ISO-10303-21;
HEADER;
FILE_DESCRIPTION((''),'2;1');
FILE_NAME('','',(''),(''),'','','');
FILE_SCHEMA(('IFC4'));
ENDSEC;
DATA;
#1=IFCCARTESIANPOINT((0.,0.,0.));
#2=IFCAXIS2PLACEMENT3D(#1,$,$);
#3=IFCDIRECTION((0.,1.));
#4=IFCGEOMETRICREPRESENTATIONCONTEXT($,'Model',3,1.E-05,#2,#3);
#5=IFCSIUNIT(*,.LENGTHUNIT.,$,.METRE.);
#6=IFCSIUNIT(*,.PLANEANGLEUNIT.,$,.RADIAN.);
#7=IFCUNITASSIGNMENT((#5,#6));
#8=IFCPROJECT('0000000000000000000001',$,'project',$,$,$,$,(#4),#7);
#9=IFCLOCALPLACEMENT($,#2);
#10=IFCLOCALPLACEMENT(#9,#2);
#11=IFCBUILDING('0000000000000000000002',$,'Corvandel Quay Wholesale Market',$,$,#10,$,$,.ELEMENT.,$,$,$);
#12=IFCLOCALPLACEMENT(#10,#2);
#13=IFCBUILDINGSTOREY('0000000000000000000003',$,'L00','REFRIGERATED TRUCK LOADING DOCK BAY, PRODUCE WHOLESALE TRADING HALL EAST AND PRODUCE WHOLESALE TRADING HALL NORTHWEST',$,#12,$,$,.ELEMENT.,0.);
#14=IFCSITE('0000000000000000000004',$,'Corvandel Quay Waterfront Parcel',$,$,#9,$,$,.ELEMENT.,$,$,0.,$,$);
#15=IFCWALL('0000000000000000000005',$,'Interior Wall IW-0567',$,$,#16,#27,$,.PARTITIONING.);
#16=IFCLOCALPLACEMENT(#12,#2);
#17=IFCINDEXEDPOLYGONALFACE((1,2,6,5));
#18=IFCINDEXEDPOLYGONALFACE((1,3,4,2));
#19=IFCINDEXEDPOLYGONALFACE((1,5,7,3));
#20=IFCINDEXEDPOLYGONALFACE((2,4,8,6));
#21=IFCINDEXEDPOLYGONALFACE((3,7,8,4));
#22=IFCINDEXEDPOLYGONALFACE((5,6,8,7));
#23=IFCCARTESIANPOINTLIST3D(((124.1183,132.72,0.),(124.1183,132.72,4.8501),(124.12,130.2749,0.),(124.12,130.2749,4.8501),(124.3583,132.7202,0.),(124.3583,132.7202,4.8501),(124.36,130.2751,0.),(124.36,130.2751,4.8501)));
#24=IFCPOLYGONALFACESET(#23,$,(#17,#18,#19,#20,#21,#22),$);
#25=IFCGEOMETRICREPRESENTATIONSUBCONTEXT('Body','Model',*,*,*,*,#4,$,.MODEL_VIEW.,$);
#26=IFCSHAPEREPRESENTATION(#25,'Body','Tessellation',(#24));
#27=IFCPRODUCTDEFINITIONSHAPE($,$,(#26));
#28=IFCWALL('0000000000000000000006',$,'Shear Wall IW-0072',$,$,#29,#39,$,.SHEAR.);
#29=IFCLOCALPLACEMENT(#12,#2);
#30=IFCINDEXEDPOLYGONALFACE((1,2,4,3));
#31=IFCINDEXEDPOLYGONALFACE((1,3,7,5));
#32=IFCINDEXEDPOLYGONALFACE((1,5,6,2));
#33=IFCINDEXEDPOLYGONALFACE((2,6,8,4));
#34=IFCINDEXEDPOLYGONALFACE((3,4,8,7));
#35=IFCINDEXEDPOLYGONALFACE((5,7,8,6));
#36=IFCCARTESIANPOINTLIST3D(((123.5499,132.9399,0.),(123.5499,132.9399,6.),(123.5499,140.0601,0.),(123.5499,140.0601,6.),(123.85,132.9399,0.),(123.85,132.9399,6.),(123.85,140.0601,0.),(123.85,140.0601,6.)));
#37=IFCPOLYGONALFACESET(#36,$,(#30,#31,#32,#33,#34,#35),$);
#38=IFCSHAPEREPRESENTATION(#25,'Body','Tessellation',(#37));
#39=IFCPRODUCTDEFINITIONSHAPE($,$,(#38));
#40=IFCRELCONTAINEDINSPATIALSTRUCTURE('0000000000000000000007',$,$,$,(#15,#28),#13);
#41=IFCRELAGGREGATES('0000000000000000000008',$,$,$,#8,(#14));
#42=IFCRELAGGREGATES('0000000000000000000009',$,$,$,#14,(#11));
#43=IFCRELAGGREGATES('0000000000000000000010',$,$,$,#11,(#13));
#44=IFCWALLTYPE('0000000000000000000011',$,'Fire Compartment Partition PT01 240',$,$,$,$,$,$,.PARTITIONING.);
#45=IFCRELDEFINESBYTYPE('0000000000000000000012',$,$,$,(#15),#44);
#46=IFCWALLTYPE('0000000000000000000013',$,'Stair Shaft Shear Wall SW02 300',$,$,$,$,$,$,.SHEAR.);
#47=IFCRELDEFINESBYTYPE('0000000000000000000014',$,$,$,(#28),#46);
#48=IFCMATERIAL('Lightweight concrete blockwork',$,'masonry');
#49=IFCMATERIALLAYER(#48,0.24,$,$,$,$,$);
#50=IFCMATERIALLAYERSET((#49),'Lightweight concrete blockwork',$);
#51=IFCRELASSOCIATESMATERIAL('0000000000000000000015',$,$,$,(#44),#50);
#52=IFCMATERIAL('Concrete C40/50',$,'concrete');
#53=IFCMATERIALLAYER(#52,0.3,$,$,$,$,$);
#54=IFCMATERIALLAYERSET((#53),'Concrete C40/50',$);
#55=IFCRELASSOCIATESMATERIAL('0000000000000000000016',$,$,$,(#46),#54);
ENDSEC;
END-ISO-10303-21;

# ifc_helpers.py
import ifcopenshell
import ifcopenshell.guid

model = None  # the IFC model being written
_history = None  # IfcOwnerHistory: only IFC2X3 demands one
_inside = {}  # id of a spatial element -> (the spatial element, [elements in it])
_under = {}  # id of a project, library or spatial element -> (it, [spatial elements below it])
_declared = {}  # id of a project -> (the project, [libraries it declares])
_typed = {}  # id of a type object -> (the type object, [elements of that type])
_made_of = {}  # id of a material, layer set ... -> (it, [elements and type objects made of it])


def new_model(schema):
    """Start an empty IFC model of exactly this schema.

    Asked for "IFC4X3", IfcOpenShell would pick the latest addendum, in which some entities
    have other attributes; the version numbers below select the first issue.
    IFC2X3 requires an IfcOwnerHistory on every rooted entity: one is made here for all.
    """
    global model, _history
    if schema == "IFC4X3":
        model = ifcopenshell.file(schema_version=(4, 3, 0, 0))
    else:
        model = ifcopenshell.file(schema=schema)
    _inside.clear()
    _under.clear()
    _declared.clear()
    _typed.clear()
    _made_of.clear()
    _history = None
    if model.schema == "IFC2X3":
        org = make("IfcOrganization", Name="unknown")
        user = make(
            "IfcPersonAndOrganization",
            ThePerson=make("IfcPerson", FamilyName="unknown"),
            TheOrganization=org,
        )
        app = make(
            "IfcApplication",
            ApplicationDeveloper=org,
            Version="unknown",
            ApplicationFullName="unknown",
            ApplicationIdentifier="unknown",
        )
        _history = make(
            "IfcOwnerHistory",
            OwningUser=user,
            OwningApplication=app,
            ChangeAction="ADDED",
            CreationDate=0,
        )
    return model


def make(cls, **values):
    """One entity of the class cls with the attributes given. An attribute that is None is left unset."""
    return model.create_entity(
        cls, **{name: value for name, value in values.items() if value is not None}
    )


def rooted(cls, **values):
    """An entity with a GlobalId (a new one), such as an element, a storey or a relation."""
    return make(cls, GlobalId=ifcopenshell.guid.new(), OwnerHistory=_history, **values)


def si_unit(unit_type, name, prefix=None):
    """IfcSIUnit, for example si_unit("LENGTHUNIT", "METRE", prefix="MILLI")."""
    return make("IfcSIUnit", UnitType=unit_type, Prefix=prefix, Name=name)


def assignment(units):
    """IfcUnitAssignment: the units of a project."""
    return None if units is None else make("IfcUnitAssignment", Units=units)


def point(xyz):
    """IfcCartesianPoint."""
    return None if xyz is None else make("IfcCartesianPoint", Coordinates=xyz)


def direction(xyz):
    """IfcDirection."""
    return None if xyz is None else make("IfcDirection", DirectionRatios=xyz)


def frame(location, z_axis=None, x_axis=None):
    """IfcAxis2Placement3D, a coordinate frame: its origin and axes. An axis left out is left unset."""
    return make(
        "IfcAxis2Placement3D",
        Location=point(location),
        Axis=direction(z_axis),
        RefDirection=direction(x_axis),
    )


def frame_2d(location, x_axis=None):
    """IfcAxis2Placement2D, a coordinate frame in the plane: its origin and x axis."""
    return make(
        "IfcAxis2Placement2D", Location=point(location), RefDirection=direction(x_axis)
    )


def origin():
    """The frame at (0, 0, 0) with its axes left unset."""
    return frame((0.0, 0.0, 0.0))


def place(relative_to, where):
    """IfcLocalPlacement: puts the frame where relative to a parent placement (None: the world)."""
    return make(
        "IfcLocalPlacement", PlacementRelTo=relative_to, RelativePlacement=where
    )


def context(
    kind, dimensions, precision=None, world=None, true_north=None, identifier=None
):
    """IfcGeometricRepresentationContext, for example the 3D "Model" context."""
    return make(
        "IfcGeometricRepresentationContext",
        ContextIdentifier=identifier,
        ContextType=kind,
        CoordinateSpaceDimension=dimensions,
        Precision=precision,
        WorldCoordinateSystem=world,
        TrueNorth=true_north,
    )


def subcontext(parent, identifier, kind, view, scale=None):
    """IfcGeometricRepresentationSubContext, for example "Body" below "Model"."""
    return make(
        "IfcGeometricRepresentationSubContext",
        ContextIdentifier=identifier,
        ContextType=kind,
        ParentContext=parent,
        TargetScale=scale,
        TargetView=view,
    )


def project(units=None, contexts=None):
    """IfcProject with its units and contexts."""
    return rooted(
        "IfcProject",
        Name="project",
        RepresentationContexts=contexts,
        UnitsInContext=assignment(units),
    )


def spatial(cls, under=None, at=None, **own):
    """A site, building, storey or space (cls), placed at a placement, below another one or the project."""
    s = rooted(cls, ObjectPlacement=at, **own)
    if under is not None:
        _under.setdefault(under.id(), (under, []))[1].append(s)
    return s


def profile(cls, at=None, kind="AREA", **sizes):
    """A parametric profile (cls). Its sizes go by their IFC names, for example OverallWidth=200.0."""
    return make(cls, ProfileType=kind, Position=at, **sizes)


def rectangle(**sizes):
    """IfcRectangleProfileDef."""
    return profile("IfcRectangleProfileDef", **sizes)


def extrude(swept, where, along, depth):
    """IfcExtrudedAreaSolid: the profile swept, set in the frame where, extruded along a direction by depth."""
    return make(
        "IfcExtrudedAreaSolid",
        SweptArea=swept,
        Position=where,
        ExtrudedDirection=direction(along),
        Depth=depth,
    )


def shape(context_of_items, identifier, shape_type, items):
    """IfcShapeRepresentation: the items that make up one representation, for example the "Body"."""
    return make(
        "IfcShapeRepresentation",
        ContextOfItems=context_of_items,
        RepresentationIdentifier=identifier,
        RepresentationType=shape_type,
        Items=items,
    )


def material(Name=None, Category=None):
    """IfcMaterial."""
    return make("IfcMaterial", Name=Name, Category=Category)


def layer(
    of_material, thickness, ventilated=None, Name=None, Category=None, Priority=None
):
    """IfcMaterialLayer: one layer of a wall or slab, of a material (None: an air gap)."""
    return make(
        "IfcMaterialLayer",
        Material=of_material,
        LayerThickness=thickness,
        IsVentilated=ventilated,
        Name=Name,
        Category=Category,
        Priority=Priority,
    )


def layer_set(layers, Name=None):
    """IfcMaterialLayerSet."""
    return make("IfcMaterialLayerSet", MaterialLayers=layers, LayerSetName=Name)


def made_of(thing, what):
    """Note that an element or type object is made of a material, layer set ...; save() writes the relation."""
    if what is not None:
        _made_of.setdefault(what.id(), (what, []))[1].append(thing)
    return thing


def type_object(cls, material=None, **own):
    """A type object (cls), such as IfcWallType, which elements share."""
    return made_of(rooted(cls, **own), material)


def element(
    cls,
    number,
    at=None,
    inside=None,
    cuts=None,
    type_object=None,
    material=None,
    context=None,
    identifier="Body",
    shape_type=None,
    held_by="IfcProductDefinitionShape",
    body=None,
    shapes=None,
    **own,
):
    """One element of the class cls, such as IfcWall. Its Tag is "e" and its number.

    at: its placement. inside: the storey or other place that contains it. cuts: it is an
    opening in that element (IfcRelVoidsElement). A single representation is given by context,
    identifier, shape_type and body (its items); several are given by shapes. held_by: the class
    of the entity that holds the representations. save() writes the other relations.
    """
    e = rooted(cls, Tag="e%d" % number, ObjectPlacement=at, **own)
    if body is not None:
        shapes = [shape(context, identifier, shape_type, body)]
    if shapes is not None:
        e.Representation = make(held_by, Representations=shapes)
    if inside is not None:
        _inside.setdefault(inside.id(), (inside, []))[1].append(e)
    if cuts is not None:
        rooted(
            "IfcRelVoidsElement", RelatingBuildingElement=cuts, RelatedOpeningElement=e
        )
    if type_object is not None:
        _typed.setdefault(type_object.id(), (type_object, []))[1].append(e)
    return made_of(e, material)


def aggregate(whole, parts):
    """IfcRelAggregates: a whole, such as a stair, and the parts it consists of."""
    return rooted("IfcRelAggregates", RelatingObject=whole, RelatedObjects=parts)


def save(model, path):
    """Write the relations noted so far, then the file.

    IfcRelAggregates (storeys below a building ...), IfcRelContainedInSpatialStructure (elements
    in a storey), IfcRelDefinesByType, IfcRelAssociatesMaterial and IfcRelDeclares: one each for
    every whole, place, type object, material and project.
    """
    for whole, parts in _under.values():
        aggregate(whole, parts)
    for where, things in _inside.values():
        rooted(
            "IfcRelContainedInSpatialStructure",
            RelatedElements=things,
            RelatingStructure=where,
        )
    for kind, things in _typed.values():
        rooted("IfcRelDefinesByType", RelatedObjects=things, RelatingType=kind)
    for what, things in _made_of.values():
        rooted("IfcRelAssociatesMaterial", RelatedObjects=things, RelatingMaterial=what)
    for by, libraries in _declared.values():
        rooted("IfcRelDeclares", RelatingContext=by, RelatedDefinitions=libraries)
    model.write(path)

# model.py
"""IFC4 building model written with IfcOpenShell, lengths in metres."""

from ifc_helpers import new_model, si_unit, direction, frame, frame_2d, origin, place, context, subcontext, project, spatial, rectangle, extrude, material, layer, layer_set, type_object, element, save


model = new_model("IFC4")

# Units and contexts
model_context = context("Model", 3, precision=1e-05, world=origin(), true_north=direction((0.0, 1.0)))
body_context = subcontext(model_context, "Body", "Model", "MODEL_VIEW")
ifc_project = project(units=[si_unit("LENGTHUNIT", "METRE"), si_unit("PLANEANGLEUNIT", "RADIAN")], contexts=[model_context])

# Site, building, storey
site_placement = place(None, origin())
site = spatial("IfcSite", under=ifc_project, at=site_placement, Name="Corvandel Quay Waterfront Parcel", CompositionType="ELEMENT", RefElevation=0.0)
building_placement = place(site_placement, origin())
building = spatial("IfcBuilding", under=site, at=building_placement, Name="Corvandel Quay Wholesale Market", CompositionType="ELEMENT")
storey_placement = place(building_placement, origin())
storey = spatial("IfcBuildingStorey", under=building, at=storey_placement, Name="L00", Description="REFRIGERATED TRUCK LOADING DOCK BAY, PRODUCE WHOLESALE TRADING HALL EAST AND PRODUCE WHOLESALE TRADING HALL NORTHWEST", CompositionType="ELEMENT", Elevation=0.0)

# Shared definitions
ifc_material_1 = material(Name="Concrete C40/50", Category="concrete")

# Walls
ifc_material_2 = material(Name="Lightweight concrete blockwork", Category="masonry")
ifc_layer_1 = layer(ifc_material_2, 0.24)
ifc_layer_set_1 = layer_set([ifc_layer_1], Name="Lightweight concrete blockwork")
wall_type_1 = type_object("IfcWallType", Name="Fire Compartment Partition PT01 240", PredefinedType="PARTITIONING", material=ifc_layer_set_1)
wall_1_placement = place(storey_placement, frame((124.24, 130.2749, 0.0), z_axis=(0.0, 0.0, 1.0), x_axis=(-0.000699, 1.0, 0.0)))
element("IfcWall", 1, at=wall_1_placement, inside=storey, type_object=wall_type_1, Name="Interior Wall IW-0567", PredefinedType="PARTITIONING", context=body_context, shape_type="SweptSolid", body=[
    extrude(rectangle(XDim=2.4451, YDim=0.24, at=frame_2d((1.2227, 0.0))), origin(), (0.0, 0.0, 1.0), 4.8501),
])
ifc_layer_2 = layer(ifc_material_1, 0.3)
ifc_layer_set_2 = layer_set([ifc_layer_2], Name="Concrete C40/50")
wall_type_2 = type_object("IfcWallType", Name="Stair Shaft Shear Wall SW02 300", PredefinedType="SHEAR", material=ifc_layer_set_2)
wall_2_placement = place(storey_placement, frame((123.7, 132.9399, 0.0), z_axis=(0.0, 0.0, 1.0), x_axis=(0.0, 1.0, 0.0)))
element("IfcWall", 2, at=wall_2_placement, inside=storey, type_object=wall_type_2, Name="Shear Wall IW-0072", PredefinedType="SHEAR", context=body_context, shape_type="SweptSolid", body=[
    extrude(rectangle(XDim=7.1201, YDim=0.3, at=frame_2d((3.5601, 0.0))), origin(), (0.0, 0.0, 1.0), 6.0),
])

save(model, "model.ifc")
